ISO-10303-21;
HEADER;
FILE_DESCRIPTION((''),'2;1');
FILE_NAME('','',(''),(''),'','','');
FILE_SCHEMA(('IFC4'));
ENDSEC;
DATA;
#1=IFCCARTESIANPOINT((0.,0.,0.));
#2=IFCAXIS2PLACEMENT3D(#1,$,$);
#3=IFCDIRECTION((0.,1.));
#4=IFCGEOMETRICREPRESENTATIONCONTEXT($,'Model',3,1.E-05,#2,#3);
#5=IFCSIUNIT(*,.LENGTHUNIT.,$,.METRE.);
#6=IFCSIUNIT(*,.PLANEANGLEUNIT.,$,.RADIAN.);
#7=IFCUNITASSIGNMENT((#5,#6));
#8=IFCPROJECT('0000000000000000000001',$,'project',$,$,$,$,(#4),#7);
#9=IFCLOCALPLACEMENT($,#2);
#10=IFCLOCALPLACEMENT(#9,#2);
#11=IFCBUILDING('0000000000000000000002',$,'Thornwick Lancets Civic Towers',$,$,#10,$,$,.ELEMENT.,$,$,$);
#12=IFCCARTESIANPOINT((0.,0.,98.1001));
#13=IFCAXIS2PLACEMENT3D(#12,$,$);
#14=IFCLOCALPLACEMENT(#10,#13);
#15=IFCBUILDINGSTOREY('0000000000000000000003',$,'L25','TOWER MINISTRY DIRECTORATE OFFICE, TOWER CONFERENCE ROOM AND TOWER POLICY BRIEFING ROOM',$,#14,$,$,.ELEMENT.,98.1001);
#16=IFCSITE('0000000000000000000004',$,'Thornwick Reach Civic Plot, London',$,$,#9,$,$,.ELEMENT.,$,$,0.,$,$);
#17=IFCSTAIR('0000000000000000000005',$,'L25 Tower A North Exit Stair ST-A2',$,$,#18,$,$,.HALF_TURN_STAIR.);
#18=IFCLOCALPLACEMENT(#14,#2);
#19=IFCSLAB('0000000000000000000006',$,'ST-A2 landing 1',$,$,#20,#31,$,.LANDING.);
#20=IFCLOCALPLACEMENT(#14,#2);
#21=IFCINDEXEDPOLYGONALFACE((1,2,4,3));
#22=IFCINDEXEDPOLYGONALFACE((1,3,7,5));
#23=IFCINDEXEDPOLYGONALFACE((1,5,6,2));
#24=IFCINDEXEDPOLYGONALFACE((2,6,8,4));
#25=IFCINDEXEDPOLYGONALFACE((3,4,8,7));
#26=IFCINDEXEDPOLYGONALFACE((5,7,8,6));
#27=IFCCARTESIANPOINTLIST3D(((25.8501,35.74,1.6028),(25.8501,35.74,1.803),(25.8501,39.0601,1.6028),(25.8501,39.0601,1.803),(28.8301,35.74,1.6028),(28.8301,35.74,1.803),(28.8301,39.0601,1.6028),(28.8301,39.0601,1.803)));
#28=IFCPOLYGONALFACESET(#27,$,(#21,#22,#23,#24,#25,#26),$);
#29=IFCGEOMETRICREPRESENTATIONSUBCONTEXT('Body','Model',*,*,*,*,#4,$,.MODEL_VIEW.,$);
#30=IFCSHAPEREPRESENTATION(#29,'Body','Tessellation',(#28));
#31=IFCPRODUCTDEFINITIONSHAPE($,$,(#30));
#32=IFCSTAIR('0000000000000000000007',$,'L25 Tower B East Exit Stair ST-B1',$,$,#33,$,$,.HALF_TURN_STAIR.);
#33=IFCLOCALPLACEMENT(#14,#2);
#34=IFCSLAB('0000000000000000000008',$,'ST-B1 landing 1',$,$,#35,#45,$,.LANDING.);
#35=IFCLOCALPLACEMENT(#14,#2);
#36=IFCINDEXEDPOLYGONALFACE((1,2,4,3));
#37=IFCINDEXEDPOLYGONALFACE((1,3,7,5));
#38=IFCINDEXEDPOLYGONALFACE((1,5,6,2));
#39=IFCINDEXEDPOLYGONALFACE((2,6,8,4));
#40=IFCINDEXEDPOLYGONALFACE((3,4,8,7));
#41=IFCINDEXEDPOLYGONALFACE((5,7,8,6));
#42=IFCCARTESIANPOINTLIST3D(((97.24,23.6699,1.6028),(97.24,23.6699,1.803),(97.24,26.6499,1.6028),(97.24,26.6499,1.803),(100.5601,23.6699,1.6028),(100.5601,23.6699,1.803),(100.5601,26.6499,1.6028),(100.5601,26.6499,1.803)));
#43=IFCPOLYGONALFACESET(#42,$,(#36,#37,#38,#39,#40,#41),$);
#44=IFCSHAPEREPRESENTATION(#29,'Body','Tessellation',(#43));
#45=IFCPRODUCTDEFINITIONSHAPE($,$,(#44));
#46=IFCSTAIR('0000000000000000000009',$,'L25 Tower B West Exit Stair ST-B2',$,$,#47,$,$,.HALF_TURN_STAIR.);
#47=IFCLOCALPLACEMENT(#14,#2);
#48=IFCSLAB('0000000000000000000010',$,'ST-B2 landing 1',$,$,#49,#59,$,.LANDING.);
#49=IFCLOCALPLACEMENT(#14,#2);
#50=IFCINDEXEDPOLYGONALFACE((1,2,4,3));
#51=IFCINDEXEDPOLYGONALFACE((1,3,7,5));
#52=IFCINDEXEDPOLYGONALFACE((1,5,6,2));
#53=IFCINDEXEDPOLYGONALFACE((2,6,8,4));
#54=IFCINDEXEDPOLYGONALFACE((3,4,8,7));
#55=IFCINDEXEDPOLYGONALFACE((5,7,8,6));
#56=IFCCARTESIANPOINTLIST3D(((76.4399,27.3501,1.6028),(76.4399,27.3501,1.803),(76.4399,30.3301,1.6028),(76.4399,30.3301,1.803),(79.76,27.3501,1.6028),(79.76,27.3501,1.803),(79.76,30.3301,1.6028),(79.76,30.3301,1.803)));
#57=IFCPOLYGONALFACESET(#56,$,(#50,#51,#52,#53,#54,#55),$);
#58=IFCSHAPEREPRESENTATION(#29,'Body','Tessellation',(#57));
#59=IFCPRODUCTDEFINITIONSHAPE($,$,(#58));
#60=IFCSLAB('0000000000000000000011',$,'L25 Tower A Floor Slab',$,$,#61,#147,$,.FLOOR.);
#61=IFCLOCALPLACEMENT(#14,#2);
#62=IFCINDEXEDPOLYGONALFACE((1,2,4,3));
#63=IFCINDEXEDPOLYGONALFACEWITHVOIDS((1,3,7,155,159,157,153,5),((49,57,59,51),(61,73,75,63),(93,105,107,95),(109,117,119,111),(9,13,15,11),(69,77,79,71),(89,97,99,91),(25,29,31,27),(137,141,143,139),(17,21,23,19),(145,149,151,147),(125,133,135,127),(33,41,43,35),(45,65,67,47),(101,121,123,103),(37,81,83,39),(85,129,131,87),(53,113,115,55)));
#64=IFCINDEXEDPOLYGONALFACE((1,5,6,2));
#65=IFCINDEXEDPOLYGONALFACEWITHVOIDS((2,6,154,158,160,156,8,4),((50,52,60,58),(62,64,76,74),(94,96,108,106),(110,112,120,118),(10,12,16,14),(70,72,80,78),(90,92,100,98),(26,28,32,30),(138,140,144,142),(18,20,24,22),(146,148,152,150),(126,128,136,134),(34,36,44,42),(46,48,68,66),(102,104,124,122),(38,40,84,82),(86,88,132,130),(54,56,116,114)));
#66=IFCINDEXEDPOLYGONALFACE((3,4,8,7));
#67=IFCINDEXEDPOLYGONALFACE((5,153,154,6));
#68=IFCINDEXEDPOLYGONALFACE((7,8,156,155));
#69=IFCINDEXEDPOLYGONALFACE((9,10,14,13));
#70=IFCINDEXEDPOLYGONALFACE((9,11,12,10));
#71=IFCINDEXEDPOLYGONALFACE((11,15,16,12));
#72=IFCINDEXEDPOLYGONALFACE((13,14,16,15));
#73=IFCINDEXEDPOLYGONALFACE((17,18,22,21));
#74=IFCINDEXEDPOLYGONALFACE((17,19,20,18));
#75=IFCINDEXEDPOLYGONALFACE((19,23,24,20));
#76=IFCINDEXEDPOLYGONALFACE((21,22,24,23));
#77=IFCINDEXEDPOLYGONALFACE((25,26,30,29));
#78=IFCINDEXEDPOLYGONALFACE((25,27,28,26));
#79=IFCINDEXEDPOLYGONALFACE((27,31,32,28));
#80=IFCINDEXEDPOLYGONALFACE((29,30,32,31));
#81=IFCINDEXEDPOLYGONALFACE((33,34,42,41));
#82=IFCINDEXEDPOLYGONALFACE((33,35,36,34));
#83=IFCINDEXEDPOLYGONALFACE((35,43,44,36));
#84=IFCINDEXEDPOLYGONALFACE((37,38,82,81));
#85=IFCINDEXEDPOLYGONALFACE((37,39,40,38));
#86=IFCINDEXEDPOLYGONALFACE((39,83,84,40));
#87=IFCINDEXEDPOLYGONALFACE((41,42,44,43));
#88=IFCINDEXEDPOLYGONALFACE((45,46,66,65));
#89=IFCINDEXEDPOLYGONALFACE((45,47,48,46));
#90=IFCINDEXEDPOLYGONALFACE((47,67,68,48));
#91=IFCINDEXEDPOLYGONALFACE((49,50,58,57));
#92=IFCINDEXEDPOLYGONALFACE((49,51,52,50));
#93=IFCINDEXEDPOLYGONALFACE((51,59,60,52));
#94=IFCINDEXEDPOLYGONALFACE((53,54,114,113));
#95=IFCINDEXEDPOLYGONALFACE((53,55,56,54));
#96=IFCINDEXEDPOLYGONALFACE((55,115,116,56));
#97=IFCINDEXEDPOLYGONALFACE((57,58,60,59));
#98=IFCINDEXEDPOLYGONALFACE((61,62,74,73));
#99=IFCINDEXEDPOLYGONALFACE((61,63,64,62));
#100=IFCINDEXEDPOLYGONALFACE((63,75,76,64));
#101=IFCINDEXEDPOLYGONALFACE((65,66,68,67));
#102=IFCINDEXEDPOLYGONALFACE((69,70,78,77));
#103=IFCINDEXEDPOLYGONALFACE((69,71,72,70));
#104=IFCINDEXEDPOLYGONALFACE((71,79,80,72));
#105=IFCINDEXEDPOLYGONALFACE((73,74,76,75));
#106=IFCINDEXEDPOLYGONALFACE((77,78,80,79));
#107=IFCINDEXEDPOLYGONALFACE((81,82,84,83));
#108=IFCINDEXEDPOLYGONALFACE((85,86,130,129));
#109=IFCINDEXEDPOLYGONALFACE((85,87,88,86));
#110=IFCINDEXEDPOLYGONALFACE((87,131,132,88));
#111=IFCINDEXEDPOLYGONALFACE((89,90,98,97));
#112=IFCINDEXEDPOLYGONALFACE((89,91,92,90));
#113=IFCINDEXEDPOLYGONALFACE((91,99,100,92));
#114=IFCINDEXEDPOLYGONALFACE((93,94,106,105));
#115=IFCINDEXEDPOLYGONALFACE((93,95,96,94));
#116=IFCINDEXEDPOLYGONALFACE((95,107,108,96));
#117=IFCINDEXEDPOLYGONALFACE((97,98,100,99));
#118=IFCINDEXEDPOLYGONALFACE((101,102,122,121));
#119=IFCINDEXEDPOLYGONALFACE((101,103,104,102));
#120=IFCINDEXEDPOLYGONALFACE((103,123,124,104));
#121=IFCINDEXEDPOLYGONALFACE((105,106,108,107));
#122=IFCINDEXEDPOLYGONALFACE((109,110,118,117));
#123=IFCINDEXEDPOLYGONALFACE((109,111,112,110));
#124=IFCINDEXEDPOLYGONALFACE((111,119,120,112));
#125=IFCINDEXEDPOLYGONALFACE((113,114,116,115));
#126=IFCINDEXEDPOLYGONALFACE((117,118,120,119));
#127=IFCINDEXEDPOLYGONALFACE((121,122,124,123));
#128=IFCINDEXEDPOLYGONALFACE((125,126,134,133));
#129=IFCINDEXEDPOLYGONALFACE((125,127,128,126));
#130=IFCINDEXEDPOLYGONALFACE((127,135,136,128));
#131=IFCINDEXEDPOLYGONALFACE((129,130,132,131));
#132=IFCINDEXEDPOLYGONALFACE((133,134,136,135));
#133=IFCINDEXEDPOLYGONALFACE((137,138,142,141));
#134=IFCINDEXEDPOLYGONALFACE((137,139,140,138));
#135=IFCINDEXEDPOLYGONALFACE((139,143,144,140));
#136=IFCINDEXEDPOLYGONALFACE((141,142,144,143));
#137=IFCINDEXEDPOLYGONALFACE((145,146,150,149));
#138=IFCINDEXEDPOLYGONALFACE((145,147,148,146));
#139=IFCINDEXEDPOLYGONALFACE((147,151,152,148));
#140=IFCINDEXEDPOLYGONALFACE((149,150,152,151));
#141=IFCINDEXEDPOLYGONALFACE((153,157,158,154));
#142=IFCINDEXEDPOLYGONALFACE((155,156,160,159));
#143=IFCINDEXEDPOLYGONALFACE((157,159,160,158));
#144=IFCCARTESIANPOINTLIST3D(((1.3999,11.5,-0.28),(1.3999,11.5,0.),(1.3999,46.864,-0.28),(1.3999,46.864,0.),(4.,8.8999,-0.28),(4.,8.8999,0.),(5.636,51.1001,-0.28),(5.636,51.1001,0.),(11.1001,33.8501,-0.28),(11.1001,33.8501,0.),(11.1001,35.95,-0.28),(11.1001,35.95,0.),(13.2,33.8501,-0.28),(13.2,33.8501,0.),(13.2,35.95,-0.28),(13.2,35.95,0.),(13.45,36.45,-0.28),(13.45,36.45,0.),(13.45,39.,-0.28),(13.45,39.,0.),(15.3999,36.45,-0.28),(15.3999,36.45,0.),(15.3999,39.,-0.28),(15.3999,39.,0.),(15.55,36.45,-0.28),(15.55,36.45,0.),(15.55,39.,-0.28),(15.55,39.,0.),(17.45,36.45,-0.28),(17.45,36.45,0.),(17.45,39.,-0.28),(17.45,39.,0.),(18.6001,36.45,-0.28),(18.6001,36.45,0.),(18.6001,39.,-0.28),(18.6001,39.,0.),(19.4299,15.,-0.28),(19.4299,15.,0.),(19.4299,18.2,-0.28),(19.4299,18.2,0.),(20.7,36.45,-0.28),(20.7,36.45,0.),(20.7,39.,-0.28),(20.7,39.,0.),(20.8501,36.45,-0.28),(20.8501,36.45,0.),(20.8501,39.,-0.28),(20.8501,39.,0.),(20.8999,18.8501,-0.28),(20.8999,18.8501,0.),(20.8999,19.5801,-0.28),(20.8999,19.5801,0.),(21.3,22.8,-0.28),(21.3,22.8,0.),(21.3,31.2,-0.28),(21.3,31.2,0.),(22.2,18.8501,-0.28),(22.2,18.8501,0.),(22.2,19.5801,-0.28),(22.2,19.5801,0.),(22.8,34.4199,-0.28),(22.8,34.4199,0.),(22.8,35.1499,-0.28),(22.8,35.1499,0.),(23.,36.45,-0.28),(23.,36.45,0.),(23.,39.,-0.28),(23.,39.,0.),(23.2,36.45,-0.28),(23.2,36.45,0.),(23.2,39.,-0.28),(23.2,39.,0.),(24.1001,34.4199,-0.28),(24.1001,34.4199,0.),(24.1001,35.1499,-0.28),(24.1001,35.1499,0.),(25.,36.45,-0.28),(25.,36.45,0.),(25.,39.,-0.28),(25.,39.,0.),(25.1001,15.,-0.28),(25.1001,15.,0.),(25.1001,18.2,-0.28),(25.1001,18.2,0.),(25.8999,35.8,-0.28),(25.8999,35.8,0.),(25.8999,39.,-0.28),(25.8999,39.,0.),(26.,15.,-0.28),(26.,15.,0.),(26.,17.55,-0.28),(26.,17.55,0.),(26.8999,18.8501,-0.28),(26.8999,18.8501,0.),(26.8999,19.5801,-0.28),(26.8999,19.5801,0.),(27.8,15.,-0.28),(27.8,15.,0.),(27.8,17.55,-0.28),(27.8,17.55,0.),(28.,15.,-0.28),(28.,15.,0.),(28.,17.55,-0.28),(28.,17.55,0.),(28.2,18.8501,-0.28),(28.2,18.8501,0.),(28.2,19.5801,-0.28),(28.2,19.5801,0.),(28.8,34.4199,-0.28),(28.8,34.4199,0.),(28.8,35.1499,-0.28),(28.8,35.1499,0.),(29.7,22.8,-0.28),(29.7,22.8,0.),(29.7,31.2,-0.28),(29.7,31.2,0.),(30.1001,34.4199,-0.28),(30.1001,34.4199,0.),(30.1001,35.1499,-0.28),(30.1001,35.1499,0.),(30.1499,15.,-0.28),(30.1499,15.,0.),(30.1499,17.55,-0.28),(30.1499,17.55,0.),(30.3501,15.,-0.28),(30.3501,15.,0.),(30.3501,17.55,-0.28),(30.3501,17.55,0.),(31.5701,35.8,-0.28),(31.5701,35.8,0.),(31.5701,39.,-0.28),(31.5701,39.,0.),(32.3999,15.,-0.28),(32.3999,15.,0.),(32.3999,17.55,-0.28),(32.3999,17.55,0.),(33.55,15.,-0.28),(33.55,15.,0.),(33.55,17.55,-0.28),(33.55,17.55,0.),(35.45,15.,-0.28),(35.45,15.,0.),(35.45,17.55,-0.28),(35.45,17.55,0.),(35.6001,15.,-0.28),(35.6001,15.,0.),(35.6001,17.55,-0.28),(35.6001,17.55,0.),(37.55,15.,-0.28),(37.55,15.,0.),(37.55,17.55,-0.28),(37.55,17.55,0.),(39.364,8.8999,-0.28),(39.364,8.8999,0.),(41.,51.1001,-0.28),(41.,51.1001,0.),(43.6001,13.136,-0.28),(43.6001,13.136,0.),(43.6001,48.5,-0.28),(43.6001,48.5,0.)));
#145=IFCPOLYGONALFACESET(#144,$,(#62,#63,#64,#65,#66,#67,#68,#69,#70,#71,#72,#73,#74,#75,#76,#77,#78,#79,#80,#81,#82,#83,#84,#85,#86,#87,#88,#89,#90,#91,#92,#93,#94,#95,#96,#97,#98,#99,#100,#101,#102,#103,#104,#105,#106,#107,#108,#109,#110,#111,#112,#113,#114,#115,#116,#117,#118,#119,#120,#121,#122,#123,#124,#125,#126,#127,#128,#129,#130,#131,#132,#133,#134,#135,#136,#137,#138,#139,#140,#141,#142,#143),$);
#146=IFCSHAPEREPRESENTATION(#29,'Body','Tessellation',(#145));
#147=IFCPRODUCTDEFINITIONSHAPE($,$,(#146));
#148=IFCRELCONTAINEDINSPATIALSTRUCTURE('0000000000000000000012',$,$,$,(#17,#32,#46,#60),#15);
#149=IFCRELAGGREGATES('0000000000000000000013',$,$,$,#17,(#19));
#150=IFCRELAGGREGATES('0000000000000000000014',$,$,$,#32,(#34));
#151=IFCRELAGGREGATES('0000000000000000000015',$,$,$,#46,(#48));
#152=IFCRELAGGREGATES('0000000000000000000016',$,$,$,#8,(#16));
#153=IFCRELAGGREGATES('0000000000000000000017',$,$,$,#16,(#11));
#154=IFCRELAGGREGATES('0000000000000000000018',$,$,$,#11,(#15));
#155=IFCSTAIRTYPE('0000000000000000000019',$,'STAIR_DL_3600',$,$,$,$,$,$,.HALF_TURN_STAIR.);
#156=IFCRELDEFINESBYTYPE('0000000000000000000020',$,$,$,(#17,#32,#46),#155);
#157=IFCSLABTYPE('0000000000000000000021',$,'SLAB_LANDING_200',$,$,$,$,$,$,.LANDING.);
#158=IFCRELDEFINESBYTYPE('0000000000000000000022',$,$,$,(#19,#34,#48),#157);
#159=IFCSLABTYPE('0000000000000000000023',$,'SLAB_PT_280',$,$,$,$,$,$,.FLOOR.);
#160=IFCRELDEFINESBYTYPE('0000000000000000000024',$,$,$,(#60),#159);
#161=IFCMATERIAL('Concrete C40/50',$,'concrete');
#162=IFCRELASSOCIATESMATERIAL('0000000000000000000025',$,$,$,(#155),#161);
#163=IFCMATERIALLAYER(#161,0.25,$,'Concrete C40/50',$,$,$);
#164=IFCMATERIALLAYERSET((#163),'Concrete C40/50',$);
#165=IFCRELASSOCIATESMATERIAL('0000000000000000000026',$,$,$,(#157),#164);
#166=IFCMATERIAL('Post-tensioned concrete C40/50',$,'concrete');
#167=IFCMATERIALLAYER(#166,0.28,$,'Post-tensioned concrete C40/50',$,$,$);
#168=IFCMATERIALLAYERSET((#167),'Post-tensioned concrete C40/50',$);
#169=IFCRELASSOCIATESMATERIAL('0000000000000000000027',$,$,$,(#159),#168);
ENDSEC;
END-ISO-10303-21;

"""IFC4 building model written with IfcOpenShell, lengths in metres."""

from ifc_helpers import new_model, si_unit, direction, frame, origin, place, context, subcontext, project, spatial, polyline, outline, extrude, material, layer, layer_set, type_object, element, aggregate, save


model = new_model("IFC4")

# Units and contexts
model_context = context("Model", 3, precision=1e-05, world=origin(), true_north=direction((0.0, 1.0)))
body_context = subcontext(model_context, "Body", "Model", "MODEL_VIEW")
ifc_project = project(units=[si_unit("LENGTHUNIT", "METRE"), si_unit("PLANEANGLEUNIT", "RADIAN")], contexts=[model_context])

# Site, building, storey
site_placement = place(None, origin())
site = spatial("IfcSite", under=ifc_project, at=site_placement, Name="Thornwick Reach Civic Plot, London", CompositionType="ELEMENT", RefElevation=0.0)
building_placement = place(site_placement, origin())
building = spatial("IfcBuilding", under=site, at=building_placement, Name="Thornwick Lancets Civic Towers", CompositionType="ELEMENT")
storey_placement = place(building_placement, frame((0.0, 0.0, 98.1001)))
storey = spatial("IfcBuildingStorey", under=building, at=storey_placement, Name="L25", Description="TOWER MINISTRY DIRECTORATE OFFICE, TOWER CONFERENCE ROOM AND TOWER POLICY BRIEFING ROOM", CompositionType="ELEMENT", Elevation=98.1001)

# Stairs, slabs
ifc_material_1 = material(Name="Concrete C40/50", Category="concrete")
stair_type = type_object("IfcStairType", Name="STAIR_DL_3600", PredefinedType="HALF_TURN_STAIR", material=ifc_material_1)
ifc_layer_1 = layer(ifc_material_1, 0.25, Name="Concrete C40/50")
ifc_layer_set_1 = layer_set([ifc_layer_1], Name="Concrete C40/50")
slab_type_1 = type_object("IfcSlabType", Name="SLAB_LANDING_200", PredefinedType="LANDING", material=ifc_layer_set_1)
stair_1_placement = place(storey_placement, origin())
stair_1 = element("IfcStair", 1, at=stair_1_placement, inside=storey, type_object=stair_type, Name="L25 Tower A North Exit Stair ST-A2", PredefinedType="HALF_TURN_STAIR")
slab_1_placement = place(storey_placement, frame((0.0, 0.0, 1.6028)))
slab_1 = element("IfcSlab", 2, at=slab_1_placement, type_object=slab_type_1, Name="ST-A2 landing 1", PredefinedType="LANDING", context=body_context, shape_type="SweptSolid", body=[
    extrude(outline(polyline([(28.8301, 39.0601), (25.8501, 39.0601), (25.8501, 35.74), (28.8301, 35.74), (28.8301, 39.0601)])), origin(), (0.0, 0.0, 1.0), 0.2002),
])
aggregate(stair_1, [slab_1])
stair_2_placement = place(storey_placement, origin())
stair_2 = element("IfcStair", 3, at=stair_2_placement, inside=storey, type_object=stair_type, Name="L25 Tower B East Exit Stair ST-B1", PredefinedType="HALF_TURN_STAIR")
slab_2_placement = place(storey_placement, frame((0.0, 0.0, 1.6028)))
slab_2 = element("IfcSlab", 4, at=slab_2_placement, type_object=slab_type_1, Name="ST-B1 landing 1", PredefinedType="LANDING", context=body_context, shape_type="SweptSolid", body=[
    extrude(outline(polyline([(100.5601, 23.6699), (100.5601, 26.6499), (97.24, 26.6499), (97.24, 23.6699), (100.5601, 23.6699)])), origin(), (0.0, 0.0, 1.0), 0.2002),
])
aggregate(stair_2, [slab_2])
stair_3_placement = place(storey_placement, origin())
stair_3 = element("IfcStair", 5, at=stair_3_placement, inside=storey, type_object=stair_type, Name="L25 Tower B West Exit Stair ST-B2", PredefinedType="HALF_TURN_STAIR")
slab_3_placement = place(storey_placement, frame((0.0, 0.0, 1.6028)))
slab_3 = element("IfcSlab", 6, at=slab_3_placement, type_object=slab_type_1, Name="ST-B2 landing 1", PredefinedType="LANDING", context=body_context, shape_type="SweptSolid", body=[
    extrude(outline(polyline([(76.4399, 30.3301), (76.4399, 27.3501), (79.76, 27.3501), (79.76, 30.3301), (76.4399, 30.3301)])), origin(), (0.0, 0.0, 1.0), 0.2002),
])
aggregate(stair_3, [slab_3])

# Slab
ifc_material_2 = material(Name="Post-tensioned concrete C40/50", Category="concrete")
ifc_layer_2 = layer(ifc_material_2, 0.28, Name="Post-tensioned concrete C40/50")
ifc_layer_set_2 = layer_set([ifc_layer_2], Name="Post-tensioned concrete C40/50")
slab_type_2 = type_object("IfcSlabType", Name="SLAB_PT_280", PredefinedType="FLOOR", material=ifc_layer_set_2)
slab_4_placement = place(storey_placement, frame((0.0, 0.0, -0.28)))
element("IfcSlab", 7, at=slab_4_placement, inside=storey, type_object=slab_type_2, Name="L25 Tower A Floor Slab", PredefinedType="FLOOR", context=body_context, shape_type="SweptSolid", body=[
    extrude(outline(polyline([(4.0, 8.8999), (39.364, 8.8999), (43.6001, 13.136), (43.6001, 48.5), (41.0, 51.1001), (5.636, 51.1001), (1.3999, 46.864), (1.3999, 11.5), (4.0, 8.8999)]), holes=[polyline([(21.3, 22.8), (29.7, 22.8), (29.7, 31.2), (21.3, 31.2), (21.3, 22.8)]), polyline([(19.4299, 15.0), (25.1001, 15.0), (25.1001, 18.2), (19.4299, 18.2), (19.4299, 15.0)]), polyline([(31.5701, 39.0), (25.8999, 39.0), (25.8999, 35.8), (31.5701, 35.8), (31.5701, 39.0)]), polyline([(26.0, 15.0), (27.8, 15.0), (27.8, 17.55), (26.0, 17.55), (26.0, 15.0)]), polyline([(28.0, 15.0), (30.1499, 15.0), (30.1499, 17.55), (28.0, 17.55), (28.0, 15.0)]), polyline([(30.3501, 15.0), (32.3999, 15.0), (32.3999, 17.55), (30.3501, 17.55), (30.3501, 15.0)]), polyline([(33.55, 15.0), (35.45, 15.0), (35.45, 17.55), (33.55, 17.55), (33.55, 15.0)]), polyline([(35.6001, 15.0), (37.55, 15.0), (37.55, 17.55), (35.6001, 17.55), (35.6001, 15.0)]), polyline([(23.2, 36.45), (25.0, 36.45), (25.0, 39.0), (23.2, 39.0), (23.2, 36.45)]), polyline([(20.8501, 36.45), (23.0, 36.45), (23.0, 39.0), (20.8501, 39.0), (20.8501, 36.45)]), polyline([(18.6001, 36.45), (20.7, 36.45), (20.7, 39.0), (18.6001, 39.0), (18.6001, 36.45)]), polyline([(15.55, 36.45), (17.45, 36.45), (17.45, 39.0), (15.55, 39.0), (15.55, 36.45)]), polyline([(13.45, 36.45), (15.3999, 36.45), (15.3999, 39.0), (13.45, 39.0), (13.45, 36.45)]), polyline([(11.1001, 33.8501), (13.2, 33.8501), (13.2, 35.95), (11.1001, 35.95), (11.1001, 33.8501)]), polyline([(26.8999, 18.8501), (28.2, 18.8501), (28.2, 19.5801), (26.8999, 19.5801), (26.8999, 18.8501)]), polyline([(20.8999, 18.8501), (22.2, 18.8501), (22.2, 19.5801), (20.8999, 19.5801), (20.8999, 18.8501)]), polyline([(22.8, 34.4199), (24.1001, 34.4199), (24.1001, 35.1499), (22.8, 35.1499), (22.8, 34.4199)]), polyline([(28.8, 34.4199), (30.1001, 34.4199), (30.1001, 35.1499), (28.8, 35.1499), (28.8, 34.4199)])]), origin(), (0.0, 0.0, 1.0), 0.28),
])

save(model, "model.ifc")
